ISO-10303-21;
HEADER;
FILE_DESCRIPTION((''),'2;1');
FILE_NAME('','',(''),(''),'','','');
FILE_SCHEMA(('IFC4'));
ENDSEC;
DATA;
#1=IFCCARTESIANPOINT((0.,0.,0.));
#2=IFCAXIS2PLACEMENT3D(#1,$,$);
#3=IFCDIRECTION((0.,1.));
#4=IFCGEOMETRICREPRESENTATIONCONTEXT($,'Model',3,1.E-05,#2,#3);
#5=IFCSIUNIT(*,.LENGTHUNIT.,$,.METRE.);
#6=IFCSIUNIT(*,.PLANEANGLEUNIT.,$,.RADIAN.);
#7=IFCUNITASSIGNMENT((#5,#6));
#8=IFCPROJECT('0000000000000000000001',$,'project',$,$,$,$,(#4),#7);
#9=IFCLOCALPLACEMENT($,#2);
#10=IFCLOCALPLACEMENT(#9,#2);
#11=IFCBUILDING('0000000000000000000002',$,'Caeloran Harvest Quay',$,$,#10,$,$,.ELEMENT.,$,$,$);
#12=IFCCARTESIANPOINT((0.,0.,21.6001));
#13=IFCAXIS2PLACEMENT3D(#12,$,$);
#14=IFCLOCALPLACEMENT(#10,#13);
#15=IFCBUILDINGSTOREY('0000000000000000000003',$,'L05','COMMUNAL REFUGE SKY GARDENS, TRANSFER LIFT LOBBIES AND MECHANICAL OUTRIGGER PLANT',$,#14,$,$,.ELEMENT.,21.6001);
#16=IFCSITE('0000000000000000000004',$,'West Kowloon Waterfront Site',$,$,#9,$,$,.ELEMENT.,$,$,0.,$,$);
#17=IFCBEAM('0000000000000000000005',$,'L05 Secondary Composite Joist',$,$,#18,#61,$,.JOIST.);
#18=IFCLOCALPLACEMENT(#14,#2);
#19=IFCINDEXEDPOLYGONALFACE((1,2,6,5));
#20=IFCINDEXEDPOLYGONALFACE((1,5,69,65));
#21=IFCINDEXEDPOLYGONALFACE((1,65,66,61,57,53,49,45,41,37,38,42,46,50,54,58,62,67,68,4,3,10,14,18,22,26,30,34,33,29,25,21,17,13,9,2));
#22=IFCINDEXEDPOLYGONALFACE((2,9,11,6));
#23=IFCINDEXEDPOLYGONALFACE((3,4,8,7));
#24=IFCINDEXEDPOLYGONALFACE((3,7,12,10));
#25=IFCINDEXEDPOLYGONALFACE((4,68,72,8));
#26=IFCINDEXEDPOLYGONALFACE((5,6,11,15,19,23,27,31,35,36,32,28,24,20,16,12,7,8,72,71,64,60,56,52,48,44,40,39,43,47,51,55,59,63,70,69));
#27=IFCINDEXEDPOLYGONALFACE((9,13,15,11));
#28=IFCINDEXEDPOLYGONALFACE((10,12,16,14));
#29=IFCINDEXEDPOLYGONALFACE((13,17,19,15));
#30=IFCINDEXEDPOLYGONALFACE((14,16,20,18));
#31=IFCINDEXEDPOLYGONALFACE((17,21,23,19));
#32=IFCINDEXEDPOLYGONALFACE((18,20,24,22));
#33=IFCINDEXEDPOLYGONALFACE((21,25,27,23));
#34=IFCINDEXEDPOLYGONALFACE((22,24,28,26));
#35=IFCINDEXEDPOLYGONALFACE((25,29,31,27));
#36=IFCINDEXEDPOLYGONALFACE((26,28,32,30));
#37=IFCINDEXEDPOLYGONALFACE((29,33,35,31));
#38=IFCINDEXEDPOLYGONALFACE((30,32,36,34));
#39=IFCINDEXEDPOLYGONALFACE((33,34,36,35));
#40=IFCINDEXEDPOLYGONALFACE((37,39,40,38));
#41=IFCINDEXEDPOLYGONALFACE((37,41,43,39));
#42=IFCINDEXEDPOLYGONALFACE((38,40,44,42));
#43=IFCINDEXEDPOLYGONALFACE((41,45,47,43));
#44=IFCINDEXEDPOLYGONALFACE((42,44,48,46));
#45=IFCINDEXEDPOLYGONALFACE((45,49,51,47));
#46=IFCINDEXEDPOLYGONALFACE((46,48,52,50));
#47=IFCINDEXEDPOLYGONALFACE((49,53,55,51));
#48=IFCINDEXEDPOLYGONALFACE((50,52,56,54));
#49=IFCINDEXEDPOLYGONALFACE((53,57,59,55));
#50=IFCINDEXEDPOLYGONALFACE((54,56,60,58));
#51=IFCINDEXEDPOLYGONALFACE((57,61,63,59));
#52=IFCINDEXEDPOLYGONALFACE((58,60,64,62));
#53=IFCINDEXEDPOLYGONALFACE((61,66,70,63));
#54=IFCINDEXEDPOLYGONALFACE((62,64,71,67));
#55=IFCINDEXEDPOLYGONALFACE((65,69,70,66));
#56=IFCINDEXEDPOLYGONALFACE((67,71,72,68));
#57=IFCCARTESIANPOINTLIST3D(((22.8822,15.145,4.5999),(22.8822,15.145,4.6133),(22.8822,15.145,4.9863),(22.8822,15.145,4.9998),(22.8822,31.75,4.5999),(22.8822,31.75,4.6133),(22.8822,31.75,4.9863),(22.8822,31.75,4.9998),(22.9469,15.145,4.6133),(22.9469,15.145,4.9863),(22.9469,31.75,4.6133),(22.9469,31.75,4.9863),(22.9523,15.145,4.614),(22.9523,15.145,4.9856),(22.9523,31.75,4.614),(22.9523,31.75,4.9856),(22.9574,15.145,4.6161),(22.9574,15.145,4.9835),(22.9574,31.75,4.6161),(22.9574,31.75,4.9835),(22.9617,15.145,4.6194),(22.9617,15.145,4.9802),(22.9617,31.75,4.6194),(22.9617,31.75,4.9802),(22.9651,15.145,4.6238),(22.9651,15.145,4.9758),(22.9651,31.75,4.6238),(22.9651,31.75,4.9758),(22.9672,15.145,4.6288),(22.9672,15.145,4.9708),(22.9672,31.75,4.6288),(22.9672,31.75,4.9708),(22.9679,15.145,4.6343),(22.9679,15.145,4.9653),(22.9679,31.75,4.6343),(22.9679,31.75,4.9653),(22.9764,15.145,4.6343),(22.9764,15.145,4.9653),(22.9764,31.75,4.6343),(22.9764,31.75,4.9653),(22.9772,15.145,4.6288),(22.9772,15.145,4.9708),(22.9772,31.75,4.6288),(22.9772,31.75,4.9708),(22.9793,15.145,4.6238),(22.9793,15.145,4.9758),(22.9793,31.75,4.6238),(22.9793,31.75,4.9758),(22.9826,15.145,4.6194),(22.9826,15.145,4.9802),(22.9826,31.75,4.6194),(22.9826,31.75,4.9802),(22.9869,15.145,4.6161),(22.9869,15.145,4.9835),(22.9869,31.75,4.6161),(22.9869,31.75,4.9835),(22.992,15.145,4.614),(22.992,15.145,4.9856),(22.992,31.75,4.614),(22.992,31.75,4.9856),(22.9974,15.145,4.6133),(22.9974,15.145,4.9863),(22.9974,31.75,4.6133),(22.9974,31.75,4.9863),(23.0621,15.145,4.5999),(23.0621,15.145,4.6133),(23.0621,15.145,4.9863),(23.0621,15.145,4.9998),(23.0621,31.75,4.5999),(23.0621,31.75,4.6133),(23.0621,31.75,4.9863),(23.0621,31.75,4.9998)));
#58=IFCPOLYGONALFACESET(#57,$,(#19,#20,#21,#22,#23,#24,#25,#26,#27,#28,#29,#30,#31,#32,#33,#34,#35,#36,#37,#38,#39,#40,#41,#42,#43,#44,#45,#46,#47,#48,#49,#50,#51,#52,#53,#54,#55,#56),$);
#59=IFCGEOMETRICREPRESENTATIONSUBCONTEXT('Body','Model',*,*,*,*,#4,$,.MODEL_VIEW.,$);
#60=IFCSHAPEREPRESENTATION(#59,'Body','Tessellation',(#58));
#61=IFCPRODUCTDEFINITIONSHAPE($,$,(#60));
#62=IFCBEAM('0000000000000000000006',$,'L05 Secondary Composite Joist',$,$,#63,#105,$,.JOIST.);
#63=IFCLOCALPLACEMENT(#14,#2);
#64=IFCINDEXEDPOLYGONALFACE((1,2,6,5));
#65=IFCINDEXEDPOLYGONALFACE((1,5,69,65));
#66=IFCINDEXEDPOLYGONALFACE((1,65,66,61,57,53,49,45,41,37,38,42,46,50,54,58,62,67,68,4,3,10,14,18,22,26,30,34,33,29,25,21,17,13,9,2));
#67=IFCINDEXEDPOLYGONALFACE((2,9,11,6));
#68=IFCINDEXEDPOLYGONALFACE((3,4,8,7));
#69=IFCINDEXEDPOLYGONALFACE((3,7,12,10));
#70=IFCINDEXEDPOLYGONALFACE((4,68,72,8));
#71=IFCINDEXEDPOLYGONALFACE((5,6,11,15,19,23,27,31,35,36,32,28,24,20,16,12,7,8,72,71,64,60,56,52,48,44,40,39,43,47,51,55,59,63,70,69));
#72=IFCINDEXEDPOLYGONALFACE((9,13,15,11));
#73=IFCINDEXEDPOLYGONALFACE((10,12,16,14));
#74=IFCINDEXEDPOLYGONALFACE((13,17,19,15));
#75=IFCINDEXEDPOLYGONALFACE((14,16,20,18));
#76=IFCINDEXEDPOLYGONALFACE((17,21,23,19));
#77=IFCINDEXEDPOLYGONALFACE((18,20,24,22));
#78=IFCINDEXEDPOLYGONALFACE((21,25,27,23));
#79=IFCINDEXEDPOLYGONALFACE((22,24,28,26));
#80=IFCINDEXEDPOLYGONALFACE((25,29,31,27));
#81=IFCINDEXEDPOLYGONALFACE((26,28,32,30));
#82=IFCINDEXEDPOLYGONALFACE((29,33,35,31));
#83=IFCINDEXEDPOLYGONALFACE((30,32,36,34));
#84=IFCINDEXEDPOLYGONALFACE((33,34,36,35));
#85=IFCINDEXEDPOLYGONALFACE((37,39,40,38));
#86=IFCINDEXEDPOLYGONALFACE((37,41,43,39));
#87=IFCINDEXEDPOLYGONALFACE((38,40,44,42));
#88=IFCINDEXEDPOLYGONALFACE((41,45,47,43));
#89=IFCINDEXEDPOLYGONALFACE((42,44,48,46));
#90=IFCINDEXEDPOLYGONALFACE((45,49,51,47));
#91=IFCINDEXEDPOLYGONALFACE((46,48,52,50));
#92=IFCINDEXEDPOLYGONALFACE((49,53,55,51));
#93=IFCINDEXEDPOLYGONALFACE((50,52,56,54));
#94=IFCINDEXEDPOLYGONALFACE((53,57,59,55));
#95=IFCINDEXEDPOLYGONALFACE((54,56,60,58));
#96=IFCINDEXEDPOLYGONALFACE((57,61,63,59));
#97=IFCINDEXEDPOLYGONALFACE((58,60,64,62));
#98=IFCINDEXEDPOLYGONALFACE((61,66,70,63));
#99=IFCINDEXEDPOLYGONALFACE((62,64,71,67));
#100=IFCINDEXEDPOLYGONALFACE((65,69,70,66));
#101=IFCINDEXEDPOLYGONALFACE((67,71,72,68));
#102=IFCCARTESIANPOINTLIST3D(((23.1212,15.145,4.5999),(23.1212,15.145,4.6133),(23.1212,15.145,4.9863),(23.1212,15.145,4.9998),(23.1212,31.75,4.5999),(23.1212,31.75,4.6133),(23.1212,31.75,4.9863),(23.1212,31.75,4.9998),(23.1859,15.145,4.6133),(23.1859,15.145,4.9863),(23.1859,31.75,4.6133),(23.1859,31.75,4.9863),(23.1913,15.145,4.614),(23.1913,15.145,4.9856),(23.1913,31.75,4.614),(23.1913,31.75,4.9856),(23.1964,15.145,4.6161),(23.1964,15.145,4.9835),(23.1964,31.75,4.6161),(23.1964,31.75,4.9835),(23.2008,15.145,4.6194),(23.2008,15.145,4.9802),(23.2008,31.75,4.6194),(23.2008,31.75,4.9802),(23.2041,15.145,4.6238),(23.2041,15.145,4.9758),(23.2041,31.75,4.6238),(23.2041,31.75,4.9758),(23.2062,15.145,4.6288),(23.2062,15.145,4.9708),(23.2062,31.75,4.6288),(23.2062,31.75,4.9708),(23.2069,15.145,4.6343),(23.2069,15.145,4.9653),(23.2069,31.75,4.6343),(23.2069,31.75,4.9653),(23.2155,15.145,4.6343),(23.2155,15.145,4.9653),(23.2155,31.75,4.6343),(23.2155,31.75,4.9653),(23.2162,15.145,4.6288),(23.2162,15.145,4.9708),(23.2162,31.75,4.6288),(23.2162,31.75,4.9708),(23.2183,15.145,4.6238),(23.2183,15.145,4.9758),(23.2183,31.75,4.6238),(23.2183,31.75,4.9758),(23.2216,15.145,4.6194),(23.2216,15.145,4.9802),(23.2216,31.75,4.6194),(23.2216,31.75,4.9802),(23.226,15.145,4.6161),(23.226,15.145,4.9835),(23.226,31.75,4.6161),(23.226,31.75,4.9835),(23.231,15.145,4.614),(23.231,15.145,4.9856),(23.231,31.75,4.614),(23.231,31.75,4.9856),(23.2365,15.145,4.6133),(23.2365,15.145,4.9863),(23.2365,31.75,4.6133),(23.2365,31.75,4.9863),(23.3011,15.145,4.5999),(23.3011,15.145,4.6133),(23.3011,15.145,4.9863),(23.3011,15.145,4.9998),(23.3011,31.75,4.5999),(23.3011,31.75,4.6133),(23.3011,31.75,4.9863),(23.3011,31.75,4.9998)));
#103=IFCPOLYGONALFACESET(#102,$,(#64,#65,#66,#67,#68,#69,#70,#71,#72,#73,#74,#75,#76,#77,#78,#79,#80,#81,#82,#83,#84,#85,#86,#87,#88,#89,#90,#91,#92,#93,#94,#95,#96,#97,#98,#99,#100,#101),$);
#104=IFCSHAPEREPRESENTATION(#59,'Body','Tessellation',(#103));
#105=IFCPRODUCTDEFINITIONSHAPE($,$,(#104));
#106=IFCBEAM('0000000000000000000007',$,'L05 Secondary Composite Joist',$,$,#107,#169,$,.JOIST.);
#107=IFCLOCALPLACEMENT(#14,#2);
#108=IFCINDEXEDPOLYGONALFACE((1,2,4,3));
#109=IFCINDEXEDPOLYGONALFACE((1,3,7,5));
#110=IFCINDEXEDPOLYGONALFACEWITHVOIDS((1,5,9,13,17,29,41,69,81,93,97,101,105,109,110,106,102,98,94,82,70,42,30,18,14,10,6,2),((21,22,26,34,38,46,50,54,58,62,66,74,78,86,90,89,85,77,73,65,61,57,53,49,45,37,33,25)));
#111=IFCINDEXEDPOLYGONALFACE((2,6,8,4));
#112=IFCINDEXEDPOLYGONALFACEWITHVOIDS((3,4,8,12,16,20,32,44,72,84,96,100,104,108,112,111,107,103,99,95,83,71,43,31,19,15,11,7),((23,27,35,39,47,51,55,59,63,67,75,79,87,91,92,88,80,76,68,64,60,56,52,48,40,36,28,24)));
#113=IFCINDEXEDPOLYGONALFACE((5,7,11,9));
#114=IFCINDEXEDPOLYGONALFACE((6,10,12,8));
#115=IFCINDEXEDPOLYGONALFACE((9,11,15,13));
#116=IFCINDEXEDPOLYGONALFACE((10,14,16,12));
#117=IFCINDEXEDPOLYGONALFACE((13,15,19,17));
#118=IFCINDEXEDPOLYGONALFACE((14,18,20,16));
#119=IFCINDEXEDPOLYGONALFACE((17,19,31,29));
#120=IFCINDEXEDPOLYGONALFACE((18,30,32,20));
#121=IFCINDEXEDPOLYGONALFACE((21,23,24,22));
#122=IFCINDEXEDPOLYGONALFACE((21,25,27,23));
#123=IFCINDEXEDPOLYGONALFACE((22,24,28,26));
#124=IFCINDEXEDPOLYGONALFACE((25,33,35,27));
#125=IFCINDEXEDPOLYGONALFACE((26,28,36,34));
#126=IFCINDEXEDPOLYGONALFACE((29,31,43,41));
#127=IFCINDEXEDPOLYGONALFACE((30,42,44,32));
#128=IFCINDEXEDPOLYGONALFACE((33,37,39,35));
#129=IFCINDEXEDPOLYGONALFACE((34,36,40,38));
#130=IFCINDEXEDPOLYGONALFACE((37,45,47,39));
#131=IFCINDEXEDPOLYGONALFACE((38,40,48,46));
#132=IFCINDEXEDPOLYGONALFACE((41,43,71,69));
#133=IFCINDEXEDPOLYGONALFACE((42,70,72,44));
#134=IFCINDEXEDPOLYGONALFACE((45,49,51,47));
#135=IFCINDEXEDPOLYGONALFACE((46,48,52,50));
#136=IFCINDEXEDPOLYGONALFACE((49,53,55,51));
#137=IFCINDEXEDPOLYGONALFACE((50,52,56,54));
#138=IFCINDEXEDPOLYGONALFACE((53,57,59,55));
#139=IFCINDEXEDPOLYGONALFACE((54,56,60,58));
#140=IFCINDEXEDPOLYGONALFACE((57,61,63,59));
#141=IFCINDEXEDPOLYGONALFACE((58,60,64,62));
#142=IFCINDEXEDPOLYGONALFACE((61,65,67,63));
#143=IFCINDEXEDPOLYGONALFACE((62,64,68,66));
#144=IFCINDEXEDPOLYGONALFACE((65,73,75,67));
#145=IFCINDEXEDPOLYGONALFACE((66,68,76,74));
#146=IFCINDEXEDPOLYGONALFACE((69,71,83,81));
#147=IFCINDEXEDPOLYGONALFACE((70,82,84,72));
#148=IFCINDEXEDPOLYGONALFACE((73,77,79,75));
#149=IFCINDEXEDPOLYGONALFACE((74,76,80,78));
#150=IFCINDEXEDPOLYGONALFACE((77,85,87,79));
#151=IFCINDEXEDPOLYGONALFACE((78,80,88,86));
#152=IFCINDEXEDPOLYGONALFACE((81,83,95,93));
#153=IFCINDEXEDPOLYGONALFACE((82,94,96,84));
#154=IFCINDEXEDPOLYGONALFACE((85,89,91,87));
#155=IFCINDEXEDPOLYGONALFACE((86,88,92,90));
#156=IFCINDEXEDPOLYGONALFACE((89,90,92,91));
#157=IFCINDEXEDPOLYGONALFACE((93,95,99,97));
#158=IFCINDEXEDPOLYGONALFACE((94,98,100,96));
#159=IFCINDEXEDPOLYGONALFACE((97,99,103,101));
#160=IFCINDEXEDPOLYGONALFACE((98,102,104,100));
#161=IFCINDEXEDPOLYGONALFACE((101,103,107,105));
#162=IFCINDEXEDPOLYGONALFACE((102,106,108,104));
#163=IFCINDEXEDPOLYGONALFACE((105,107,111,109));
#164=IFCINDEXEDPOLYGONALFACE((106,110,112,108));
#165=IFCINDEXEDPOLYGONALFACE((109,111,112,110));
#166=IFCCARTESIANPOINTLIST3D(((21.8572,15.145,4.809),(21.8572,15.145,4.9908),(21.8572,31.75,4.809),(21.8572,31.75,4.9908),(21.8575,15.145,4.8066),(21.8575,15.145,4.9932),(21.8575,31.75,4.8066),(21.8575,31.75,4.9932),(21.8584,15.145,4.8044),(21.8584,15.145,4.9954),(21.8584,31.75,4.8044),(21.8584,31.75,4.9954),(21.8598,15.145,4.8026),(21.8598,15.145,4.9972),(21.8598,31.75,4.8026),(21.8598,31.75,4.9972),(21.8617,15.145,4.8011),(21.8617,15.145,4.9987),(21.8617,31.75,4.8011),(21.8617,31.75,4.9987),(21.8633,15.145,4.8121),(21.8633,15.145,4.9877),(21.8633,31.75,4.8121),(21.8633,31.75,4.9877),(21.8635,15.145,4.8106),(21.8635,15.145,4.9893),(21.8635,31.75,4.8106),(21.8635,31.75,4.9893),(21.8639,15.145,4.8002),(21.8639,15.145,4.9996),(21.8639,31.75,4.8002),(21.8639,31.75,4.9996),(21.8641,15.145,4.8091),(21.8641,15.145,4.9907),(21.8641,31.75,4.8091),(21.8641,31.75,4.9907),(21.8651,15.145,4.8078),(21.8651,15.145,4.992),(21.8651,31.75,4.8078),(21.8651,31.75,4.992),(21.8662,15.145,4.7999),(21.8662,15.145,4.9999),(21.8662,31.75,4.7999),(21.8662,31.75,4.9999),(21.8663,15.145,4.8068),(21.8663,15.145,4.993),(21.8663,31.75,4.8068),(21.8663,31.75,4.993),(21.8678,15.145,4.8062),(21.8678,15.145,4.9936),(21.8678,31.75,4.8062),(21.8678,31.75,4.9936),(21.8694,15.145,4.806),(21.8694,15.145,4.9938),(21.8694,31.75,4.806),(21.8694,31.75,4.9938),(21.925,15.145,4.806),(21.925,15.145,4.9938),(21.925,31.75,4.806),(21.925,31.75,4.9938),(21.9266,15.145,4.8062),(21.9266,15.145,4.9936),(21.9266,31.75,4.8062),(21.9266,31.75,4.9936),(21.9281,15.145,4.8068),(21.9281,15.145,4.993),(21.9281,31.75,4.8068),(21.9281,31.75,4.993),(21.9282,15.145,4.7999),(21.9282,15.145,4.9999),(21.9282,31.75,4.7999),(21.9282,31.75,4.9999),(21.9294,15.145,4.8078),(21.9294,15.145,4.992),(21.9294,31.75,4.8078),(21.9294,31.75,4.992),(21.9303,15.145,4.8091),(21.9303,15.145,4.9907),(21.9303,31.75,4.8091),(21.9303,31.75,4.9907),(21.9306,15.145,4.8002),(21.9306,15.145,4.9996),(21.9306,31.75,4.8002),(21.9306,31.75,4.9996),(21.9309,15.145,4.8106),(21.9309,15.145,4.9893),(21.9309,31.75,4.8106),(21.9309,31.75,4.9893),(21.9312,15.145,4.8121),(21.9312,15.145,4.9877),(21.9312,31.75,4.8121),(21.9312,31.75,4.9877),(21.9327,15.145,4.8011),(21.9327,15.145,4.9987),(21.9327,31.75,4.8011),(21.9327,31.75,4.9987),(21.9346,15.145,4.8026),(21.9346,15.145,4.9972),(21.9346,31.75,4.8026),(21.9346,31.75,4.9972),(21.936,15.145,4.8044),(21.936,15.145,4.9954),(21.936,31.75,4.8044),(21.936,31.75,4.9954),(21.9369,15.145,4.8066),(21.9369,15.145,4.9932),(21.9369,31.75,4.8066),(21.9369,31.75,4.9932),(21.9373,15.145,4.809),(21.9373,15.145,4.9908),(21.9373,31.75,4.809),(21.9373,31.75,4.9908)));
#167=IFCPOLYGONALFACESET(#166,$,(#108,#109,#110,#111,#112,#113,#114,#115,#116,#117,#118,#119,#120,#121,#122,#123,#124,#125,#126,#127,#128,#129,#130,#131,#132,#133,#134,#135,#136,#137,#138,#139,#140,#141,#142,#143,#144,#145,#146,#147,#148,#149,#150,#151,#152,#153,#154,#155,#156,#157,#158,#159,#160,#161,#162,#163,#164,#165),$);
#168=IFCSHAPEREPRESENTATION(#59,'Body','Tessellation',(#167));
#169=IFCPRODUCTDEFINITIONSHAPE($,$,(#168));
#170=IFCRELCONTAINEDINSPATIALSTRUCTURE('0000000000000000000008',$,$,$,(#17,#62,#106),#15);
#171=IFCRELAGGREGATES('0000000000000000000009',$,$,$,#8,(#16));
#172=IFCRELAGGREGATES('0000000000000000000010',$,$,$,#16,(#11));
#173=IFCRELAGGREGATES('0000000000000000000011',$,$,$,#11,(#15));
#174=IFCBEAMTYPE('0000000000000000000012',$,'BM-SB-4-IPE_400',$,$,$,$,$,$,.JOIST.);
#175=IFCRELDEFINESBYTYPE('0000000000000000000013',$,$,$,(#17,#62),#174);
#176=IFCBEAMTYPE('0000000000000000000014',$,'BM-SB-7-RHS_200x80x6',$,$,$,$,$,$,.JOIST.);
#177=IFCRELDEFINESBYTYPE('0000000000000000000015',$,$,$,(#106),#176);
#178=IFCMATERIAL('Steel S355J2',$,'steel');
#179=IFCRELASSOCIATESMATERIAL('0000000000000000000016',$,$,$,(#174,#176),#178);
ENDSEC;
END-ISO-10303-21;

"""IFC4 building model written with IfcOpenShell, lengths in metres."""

from ifc_helpers import new_model, si_unit, direction, frame, origin, origin_2d, place, context, subcontext, project, spatial, hollow_rectangle, i_section, extrude, material, material_profile, profile_set, type_object, element, save


model = new_model("IFC4")

# Units and contexts
model_context = context("Model", 3, precision=1e-05, world=origin(), true_north=direction((0.0, 1.0)))
body_context = subcontext(model_context, "Body", "Model", "MODEL_VIEW")
ifc_project = project(units=[si_unit("LENGTHUNIT", "METRE"), si_unit("PLANEANGLEUNIT", "RADIAN")], contexts=[model_context])

# Site, building, storey
site_placement = place(None, origin())
site = spatial("IfcSite", under=ifc_project, at=site_placement, Name="West Kowloon Waterfront Site", CompositionType="ELEMENT", RefElevation=0.0)
building_placement = place(site_placement, origin())
building = spatial("IfcBuilding", under=site, at=building_placement, Name="Caeloran Harvest Quay", CompositionType="ELEMENT")
storey_placement = place(building_placement, frame((0.0, 0.0, 21.6001)))
storey = spatial("IfcBuildingStorey", under=building, at=storey_placement, Name="L05", Description="COMMUNAL REFUGE SKY GARDENS, TRANSFER LIFT LOBBIES AND MECHANICAL OUTRIGGER PLANT", CompositionType="ELEMENT", Elevation=21.6001)

# Beams
ifc_material_1 = material(Name="Steel S355J2", Category="steel")
ifc_material_profile_1 = material_profile(ifc_material_1, i_section(OverallWidth=0.1799, OverallDepth=0.3999, WebThickness=0.0085, FlangeThickness=0.0134, FilletRadius=0.021, at=origin_2d()), Name="IPE 400")
ifc_profile_set_1 = profile_set([ifc_material_profile_1], Name="Steel S355J2")
beam_type_1 = type_object("IfcBeamType", Name="BM-SB-4-IPE_400", PredefinedType="JOIST", material=ifc_profile_set_1)
for number, where, z_axis, x_axis, name in (
    (1, (22.9722, 15.145, 4.7998), (0.0, 1.0, 0.0), (-1.0, 0.0, 0.0), "L05 Secondary Composite Joist"),
    (2, (23.2112, 15.145, 4.7998), (0.0, 1.0, 0.0), (-1.0, 0.0, 0.0), "L05 Secondary Composite Joist"),
):
    element("IfcBeam", number, at=place(storey_placement, frame(where, z_axis=z_axis, x_axis=x_axis)), inside=storey, type_object=beam_type_1, Name=name, PredefinedType="JOIST", context=body_context, shape_type="SweptSolid", body=[
        extrude(i_section(OverallWidth=0.1799, OverallDepth=0.3999, WebThickness=0.0085, FlangeThickness=0.0134, FilletRadius=0.021, at=origin_2d()), origin(), (0.0, 0.0, 1.0), 16.605),
    ])
ifc_material_profile_2 = material_profile(ifc_material_1, hollow_rectangle(XDim=0.0801, YDim=0.2, WallThickness=0.0061, InnerFilletRadius=0.0061, OuterFilletRadius=0.009, at=origin_2d()), Name="RHS 200x80x6")
ifc_profile_set_2 = profile_set([ifc_material_profile_2], Name="Steel S355J2")
beam_type_2 = type_object("IfcBeamType", Name="BM-SB-7-RHS_200x80x6", PredefinedType="JOIST", material=ifc_profile_set_2)
for number, where, z_axis, x_axis, name in (
    (3, (21.8972, 15.145, 4.8999), (0.0, 1.0, 0.0), (-1.0, 0.0, 0.0), "L05 Secondary Composite Joist"),
):
    element("IfcBeam", number, at=place(storey_placement, frame(where, z_axis=z_axis, x_axis=x_axis)), inside=storey, type_object=beam_type_2, Name=name, PredefinedType="JOIST", context=body_context, shape_type="SweptSolid", body=[
        extrude(hollow_rectangle(XDim=0.0801, YDim=0.2, WallThickness=0.0061, InnerFilletRadius=0.0061, OuterFilletRadius=0.009, at=origin_2d()), origin(), (0.0, 0.0, 1.0), 16.605),
    ])

save(model, "model.ifc")
